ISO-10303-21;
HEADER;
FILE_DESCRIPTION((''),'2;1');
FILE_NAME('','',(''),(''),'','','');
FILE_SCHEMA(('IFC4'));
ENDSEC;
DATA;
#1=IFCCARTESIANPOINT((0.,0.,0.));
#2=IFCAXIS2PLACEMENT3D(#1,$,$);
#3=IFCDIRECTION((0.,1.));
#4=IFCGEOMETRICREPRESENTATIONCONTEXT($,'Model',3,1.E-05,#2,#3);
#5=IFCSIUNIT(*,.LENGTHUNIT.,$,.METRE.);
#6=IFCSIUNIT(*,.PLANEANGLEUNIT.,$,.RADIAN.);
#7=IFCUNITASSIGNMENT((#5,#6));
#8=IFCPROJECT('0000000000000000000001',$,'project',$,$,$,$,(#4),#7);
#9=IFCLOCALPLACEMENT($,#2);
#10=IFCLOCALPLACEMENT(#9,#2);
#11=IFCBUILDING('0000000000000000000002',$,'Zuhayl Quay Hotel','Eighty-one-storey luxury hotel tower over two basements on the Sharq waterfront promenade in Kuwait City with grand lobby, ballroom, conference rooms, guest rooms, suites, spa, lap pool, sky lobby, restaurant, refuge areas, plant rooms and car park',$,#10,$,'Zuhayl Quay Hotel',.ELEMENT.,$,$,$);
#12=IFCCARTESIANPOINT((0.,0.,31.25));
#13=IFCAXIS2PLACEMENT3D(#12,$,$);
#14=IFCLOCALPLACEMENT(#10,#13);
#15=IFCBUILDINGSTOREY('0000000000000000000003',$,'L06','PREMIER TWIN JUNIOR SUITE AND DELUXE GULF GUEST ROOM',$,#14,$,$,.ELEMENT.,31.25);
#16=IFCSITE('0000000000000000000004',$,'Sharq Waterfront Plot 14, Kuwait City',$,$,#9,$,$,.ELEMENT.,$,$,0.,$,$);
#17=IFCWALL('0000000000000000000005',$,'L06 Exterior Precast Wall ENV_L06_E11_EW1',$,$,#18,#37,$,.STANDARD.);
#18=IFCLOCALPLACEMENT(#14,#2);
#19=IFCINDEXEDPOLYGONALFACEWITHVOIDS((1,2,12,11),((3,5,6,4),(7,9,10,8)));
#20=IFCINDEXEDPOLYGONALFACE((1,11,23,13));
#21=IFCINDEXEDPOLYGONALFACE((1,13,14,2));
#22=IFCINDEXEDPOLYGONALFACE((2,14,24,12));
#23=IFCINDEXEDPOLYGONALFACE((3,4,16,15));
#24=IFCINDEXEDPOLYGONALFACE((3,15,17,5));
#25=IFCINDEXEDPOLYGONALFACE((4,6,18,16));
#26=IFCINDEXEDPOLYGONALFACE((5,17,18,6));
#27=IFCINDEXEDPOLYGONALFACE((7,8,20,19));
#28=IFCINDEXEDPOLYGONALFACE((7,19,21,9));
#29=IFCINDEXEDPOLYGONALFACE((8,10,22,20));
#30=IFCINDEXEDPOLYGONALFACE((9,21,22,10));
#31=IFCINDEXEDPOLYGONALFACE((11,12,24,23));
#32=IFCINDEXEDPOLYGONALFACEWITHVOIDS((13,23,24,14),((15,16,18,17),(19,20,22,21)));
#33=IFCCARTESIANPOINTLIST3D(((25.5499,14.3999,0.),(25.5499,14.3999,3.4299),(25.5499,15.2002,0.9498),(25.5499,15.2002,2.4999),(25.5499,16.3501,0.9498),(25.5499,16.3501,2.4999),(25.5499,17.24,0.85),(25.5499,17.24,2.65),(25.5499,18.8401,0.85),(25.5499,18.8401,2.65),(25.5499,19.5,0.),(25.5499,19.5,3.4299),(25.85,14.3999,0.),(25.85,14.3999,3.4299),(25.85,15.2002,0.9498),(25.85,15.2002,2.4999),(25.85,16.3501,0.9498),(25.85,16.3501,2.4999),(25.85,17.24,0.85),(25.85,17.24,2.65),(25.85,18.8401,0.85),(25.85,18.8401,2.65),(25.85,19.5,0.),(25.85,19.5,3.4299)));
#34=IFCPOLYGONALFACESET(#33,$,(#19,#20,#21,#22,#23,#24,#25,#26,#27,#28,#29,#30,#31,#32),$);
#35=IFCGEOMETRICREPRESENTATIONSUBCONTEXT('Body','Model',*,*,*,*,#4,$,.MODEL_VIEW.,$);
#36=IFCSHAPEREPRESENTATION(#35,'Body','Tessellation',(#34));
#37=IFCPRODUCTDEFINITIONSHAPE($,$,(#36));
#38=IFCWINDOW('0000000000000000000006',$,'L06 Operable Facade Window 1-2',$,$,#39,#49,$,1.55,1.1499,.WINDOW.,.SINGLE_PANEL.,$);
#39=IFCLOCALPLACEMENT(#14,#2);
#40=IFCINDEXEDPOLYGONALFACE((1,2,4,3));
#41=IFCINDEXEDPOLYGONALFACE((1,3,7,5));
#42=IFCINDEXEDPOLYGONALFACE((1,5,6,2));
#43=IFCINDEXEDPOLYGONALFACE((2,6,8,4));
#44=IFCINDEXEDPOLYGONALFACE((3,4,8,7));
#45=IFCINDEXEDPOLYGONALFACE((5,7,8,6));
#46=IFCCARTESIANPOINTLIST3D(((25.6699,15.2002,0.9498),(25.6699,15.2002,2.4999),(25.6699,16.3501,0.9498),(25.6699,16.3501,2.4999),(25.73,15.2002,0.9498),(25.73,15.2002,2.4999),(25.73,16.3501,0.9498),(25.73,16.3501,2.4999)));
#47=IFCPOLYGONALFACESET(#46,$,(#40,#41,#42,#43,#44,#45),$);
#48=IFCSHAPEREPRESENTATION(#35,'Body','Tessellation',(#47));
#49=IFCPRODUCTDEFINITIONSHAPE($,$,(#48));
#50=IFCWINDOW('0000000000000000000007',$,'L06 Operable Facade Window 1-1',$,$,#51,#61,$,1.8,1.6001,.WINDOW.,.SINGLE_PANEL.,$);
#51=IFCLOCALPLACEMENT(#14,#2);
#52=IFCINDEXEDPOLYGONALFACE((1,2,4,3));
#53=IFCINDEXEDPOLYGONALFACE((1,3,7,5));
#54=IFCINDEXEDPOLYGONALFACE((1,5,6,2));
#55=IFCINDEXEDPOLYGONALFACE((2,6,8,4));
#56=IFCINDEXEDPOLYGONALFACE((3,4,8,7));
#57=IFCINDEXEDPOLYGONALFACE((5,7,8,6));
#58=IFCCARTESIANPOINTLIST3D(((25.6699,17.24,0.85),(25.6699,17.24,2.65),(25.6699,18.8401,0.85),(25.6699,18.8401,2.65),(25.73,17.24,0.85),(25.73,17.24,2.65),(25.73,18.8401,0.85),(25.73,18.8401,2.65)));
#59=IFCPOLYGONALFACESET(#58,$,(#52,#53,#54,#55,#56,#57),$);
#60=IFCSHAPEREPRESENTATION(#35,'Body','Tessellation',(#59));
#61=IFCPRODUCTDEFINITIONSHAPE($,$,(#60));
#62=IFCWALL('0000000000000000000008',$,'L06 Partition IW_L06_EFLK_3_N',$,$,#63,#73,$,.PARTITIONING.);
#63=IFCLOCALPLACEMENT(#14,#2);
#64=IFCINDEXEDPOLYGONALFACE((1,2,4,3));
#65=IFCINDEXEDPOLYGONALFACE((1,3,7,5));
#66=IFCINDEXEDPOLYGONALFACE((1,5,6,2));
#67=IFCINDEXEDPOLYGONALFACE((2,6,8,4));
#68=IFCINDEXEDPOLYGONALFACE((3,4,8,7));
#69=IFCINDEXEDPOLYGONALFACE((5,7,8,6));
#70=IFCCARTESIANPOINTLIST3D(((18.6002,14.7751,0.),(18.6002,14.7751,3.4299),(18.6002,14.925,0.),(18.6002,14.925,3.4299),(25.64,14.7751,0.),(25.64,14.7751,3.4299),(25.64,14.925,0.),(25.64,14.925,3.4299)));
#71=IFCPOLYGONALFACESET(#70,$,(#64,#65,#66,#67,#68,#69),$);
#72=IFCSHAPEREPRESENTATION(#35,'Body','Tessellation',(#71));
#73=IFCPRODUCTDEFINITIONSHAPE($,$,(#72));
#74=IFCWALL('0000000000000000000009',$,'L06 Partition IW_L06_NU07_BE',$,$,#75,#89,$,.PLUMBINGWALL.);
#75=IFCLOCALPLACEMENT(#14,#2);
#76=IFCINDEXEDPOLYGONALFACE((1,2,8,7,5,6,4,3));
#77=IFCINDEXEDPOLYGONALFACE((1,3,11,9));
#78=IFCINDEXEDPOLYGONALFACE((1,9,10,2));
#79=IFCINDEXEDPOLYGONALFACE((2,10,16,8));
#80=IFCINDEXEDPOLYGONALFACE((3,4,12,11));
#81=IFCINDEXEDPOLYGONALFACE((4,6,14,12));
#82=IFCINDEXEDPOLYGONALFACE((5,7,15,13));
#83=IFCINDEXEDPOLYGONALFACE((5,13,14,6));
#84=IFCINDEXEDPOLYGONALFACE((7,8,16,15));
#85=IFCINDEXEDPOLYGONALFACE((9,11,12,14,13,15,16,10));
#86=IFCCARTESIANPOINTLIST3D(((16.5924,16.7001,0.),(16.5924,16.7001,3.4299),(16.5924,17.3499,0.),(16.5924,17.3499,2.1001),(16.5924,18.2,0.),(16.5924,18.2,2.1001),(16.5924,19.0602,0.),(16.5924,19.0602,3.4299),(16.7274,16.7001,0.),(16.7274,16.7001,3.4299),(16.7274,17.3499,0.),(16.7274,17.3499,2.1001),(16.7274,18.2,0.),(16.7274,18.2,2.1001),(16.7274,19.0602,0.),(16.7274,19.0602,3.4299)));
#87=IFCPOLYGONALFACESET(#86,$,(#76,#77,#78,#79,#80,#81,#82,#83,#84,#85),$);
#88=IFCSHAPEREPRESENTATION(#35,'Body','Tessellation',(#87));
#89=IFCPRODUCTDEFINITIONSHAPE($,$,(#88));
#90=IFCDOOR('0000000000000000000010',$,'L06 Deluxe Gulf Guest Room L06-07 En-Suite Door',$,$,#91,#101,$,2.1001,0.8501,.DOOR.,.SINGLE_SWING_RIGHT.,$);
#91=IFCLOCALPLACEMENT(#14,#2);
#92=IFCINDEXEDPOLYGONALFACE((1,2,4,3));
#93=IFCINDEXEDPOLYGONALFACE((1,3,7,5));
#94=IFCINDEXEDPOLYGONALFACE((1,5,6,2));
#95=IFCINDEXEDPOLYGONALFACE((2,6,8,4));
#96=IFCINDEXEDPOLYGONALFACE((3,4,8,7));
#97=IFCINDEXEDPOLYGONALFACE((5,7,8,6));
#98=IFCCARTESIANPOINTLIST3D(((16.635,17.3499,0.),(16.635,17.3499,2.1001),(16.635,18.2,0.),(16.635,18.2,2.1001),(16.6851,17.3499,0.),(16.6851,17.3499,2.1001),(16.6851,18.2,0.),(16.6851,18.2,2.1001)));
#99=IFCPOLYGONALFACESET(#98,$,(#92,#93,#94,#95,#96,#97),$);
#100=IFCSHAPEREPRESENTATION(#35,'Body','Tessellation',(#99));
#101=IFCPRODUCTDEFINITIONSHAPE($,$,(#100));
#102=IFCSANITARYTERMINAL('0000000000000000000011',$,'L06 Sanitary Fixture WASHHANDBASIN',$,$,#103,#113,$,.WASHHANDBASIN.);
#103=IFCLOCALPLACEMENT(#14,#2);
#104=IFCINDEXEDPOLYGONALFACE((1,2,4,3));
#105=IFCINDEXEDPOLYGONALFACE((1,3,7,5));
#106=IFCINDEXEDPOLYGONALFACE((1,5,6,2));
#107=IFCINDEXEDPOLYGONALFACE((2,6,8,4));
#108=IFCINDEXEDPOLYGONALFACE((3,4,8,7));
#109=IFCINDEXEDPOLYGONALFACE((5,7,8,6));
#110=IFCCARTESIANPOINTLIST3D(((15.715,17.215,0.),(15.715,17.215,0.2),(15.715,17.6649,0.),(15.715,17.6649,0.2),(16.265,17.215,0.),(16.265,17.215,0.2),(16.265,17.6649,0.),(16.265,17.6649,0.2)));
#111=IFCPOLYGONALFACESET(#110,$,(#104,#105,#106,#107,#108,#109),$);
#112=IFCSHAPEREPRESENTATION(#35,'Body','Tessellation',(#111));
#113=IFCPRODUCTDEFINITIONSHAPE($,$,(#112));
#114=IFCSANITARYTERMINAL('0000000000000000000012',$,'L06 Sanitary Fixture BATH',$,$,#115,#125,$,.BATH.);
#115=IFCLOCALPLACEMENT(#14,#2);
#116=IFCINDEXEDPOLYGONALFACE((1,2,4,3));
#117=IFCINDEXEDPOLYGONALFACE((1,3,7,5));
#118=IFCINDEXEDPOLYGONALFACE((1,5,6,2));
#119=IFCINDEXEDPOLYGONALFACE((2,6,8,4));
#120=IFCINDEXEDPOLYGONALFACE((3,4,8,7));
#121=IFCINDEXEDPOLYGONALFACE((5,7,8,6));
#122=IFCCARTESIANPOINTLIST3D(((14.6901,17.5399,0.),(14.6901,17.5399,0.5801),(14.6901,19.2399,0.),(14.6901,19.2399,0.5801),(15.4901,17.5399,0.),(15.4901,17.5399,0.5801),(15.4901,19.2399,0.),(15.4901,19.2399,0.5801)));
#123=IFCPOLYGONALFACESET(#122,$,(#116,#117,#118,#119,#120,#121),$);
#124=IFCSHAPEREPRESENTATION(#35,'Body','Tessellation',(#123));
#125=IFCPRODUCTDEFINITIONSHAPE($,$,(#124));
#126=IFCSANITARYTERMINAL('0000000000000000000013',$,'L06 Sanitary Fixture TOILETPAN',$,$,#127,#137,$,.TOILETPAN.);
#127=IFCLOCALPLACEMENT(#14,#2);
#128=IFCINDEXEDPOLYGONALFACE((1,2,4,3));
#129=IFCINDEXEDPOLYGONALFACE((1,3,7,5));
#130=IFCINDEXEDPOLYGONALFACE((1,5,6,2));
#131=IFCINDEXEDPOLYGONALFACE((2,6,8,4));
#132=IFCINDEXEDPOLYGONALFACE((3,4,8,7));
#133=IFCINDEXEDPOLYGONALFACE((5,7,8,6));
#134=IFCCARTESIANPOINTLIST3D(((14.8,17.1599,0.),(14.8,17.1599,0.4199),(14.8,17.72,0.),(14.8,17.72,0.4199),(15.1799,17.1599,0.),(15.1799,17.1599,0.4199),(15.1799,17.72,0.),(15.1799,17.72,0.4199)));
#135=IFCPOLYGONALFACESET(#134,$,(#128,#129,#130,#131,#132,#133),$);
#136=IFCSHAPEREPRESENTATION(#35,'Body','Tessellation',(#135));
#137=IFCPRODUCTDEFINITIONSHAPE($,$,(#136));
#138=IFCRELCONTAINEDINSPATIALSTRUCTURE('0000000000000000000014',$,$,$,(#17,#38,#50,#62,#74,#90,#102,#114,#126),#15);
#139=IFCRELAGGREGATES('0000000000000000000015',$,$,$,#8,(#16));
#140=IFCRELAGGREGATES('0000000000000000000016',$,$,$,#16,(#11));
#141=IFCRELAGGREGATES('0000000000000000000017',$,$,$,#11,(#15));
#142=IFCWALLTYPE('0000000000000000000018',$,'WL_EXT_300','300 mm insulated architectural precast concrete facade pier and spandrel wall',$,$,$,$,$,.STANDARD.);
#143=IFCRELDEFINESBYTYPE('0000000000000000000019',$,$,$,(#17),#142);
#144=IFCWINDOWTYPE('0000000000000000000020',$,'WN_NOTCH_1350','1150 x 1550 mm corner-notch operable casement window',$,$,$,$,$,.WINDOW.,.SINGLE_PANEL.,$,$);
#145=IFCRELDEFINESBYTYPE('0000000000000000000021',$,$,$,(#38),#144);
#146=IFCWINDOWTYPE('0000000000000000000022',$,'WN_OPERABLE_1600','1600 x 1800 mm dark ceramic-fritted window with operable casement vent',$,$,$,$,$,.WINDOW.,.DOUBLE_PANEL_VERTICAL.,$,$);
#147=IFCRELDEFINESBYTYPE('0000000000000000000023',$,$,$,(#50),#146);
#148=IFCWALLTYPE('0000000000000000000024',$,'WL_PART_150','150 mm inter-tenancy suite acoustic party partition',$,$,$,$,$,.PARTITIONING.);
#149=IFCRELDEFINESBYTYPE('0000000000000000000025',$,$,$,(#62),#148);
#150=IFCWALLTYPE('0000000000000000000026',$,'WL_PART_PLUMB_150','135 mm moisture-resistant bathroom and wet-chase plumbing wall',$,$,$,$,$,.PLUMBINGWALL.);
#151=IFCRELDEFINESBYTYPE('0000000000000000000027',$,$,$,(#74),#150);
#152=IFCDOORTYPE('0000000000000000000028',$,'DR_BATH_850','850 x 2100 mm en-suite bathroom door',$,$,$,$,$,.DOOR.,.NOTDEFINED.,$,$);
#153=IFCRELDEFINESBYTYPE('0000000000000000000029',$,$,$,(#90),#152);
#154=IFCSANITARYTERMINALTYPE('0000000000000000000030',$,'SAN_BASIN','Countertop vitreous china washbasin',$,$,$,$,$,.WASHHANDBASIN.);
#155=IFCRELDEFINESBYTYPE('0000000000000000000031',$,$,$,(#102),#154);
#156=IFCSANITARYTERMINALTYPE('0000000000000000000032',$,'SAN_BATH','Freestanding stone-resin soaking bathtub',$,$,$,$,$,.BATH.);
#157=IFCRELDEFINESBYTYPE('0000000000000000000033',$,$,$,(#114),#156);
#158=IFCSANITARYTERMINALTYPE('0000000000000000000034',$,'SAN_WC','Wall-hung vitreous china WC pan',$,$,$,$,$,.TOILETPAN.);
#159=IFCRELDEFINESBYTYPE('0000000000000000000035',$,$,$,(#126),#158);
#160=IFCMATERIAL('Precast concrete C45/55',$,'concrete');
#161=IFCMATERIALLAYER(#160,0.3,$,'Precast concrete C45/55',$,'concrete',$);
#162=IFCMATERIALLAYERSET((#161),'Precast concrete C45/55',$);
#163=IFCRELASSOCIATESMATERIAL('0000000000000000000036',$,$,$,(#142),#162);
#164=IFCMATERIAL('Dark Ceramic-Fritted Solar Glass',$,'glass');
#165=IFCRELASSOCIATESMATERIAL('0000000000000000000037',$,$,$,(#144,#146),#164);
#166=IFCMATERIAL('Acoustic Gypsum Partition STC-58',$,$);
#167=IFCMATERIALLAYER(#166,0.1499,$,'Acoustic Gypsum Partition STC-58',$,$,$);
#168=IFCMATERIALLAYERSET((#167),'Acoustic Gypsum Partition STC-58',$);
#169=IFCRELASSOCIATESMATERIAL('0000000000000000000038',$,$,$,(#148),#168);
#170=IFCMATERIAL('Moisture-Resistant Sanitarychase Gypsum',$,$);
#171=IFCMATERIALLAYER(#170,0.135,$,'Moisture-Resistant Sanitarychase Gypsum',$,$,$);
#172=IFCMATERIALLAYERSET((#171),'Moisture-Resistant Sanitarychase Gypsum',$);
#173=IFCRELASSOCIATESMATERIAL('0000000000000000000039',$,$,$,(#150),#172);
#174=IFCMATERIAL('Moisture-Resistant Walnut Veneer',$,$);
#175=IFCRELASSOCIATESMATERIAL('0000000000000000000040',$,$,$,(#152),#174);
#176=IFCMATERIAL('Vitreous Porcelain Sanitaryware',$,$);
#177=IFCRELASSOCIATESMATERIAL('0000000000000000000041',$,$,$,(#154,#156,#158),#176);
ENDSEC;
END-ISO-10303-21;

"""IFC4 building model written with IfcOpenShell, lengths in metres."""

from ifc_helpers import new_model, si_unit, direction, frame, frame_2d, origin, origin_2d, place, context, subcontext, project, spatial, rectangle, extrude, material, layer, layer_set, type_object, element, fill, save


model = new_model("IFC4")

# Units and contexts
model_context = context("Model", 3, precision=1e-05, world=origin(), true_north=direction((0.0, 1.0)))
body_context = subcontext(model_context, "Body", "Model", "MODEL_VIEW")
ifc_project = project(units=[si_unit("LENGTHUNIT", "METRE"), si_unit("PLANEANGLEUNIT", "RADIAN")], contexts=[model_context])

# Site, building, storey
site_placement = place(None, origin())
site = spatial("IfcSite", under=ifc_project, at=site_placement, Name="Sharq Waterfront Plot 14, Kuwait City", CompositionType="ELEMENT", RefElevation=0.0)
building_placement = place(site_placement, origin())
building = spatial("IfcBuilding", under=site, at=building_placement, Name="Zuhayl Quay Hotel", Description="Eighty-one-storey luxury hotel tower over two basements on the Sharq waterfront promenade in Kuwait City with grand lobby, ballroom, conference rooms, guest rooms, suites, spa, lap pool, sky lobby, restaurant, refuge areas, plant rooms and car park", LongName="Zuhayl Quay Hotel", CompositionType="ELEMENT")
storey_placement = place(building_placement, frame((0.0, 0.0, 31.25)))
storey = spatial("IfcBuildingStorey", under=building, at=storey_placement, Name="L06", Description="PREMIER TWIN JUNIOR SUITE AND DELUXE GULF GUEST ROOM", CompositionType="ELEMENT", Elevation=31.25)

# Shared definitions
ifc_material_1 = material(Name="Dark Ceramic-Fritted Solar Glass", Category="glass")

# Shared definitions
ifc_material_2 = material(Name="Precast concrete C45/55", Category="concrete")
ifc_layer_1 = layer(ifc_material_2, 0.3, Name="Precast concrete C45/55", Category="concrete")
ifc_layer_set_1 = layer_set([ifc_layer_1], Name="Precast concrete C45/55")
wall_type_1 = type_object("IfcWallType", Name="WL_EXT_300", Description="300 mm insulated architectural precast concrete facade pier and spandrel wall", PredefinedType="STANDARD", material=ifc_layer_set_1)

# Shared definitions
window_type_1 = type_object("IfcWindowType", Name="WN_NOTCH_1350", Description="1150 x 1550 mm corner-notch operable casement window", PartitioningType="SINGLE_PANEL", PredefinedType="WINDOW", material=ifc_material_1)

# Wall, openings, windows
wall_1_placement = place(storey_placement, frame((25.7, 19.5, 0.0), z_axis=(0.0, 0.0, 1.0), x_axis=(0.0, -1.0, 0.0)))
wall_1 = element("IfcWall", 1, at=wall_1_placement, inside=storey, type_object=wall_type_1, Name="L06 Exterior Precast Wall ENV_L06_E11_EW1", PredefinedType="STANDARD", context=body_context, shape_type="SweptSolid", body=[
    extrude(rectangle(XDim=5.1001, YDim=0.3, at=frame_2d((2.55, 0.0))), origin(), (0.0, 0.0, 1.0), 3.4299),
])
opening_1_placement = place(wall_1_placement, frame((0.6599, 0.0, 0.8501)))
opening_1 = element("IfcOpeningElement", 2, at=opening_1_placement, cuts=wall_1, PredefinedType="OPENING", context=body_context, shape_type="SweptSolid", body=[
    extrude(rectangle(XDim=1.6001, YDim=1.8, at=frame_2d((0.8, 0.8999))), frame((0.0, 0.1599, 0.0), z_axis=(0.0, -1.0, 0.0), x_axis=(1.0, 0.0, 0.0)), (0.0, 0.0, 1.0), 0.3201),
])
opening_2_placement = place(wall_1_placement, frame((3.1499, 0.0, 0.95)))
opening_2 = element("IfcOpeningElement", 3, at=opening_2_placement, cuts=wall_1, PredefinedType="OPENING", context=body_context, shape_type="SweptSolid", body=[
    extrude(rectangle(XDim=1.1499, YDim=1.55, at=frame_2d((0.575, 0.7749))), frame((0.0, 0.1599, 0.0), z_axis=(0.0, -1.0, 0.0), x_axis=(1.0, 0.0, 0.0)), (0.0, 0.0, 1.0), 0.3201),
])
window_1_placement = place(opening_2_placement, origin())
window_1 = element("IfcWindow", 4, at=window_1_placement, inside=storey, type_object=window_type_1, Name="L06 Operable Facade Window 1-2", OverallHeight=1.55, OverallWidth=1.1499, PartitioningType="SINGLE_PANEL", PredefinedType="WINDOW", context=body_context, shape_type="SweptSolid", body=[
    extrude(rectangle(XDim=1.1499, YDim=1.55, at=frame_2d((0.575, 0.7749))), frame((0.0, 0.03, 0.0), z_axis=(0.0, -1.0, 0.0), x_axis=(1.0, 0.0, 0.0)), (0.0, 0.0, 1.0), 0.0601),
])
fill(opening_2, window_1)
window_type_2 = type_object("IfcWindowType", Name="WN_OPERABLE_1600", Description="1600 x 1800 mm dark ceramic-fritted window with operable casement vent", PartitioningType="DOUBLE_PANEL_VERTICAL", PredefinedType="WINDOW", material=ifc_material_1)
window_2_placement = place(opening_1_placement, origin())
window_2 = element("IfcWindow", 5, at=window_2_placement, inside=storey, type_object=window_type_2, Name="L06 Operable Facade Window 1-1", OverallHeight=1.8, OverallWidth=1.6001, PartitioningType="SINGLE_PANEL", PredefinedType="WINDOW", context=body_context, shape_type="SweptSolid", body=[
    extrude(rectangle(XDim=1.6001, YDim=1.8, at=frame_2d((0.8, 0.8999))), frame((0.0, 0.03, 0.0), z_axis=(0.0, -1.0, 0.0), x_axis=(1.0, 0.0, 0.0)), (0.0, 0.0, 1.0), 0.0601),
])
fill(opening_1, window_2)

# Wall
ifc_material_3 = material(Name="Acoustic Gypsum Partition STC-58")
ifc_layer_2 = layer(ifc_material_3, 0.1499, Name="Acoustic Gypsum Partition STC-58")
ifc_layer_set_2 = layer_set([ifc_layer_2], Name="Acoustic Gypsum Partition STC-58")
wall_type_2 = type_object("IfcWallType", Name="WL_PART_150", Description="150 mm inter-tenancy suite acoustic party partition", PredefinedType="PARTITIONING", material=ifc_layer_set_2)
wall_2_placement = place(storey_placement, frame((18.6001, 14.8501, 0.0), z_axis=(0.0, 0.0, 1.0), x_axis=(1.0, 0.0, 0.0)))
element("IfcWall", 6, at=wall_2_placement, inside=storey, type_object=wall_type_2, Name="L06 Partition IW_L06_EFLK_3_N", PredefinedType="PARTITIONING", context=body_context, shape_type="SweptSolid", body=[
    extrude(rectangle(XDim=7.0398, YDim=0.1499, at=frame_2d((3.52, 0.0))), origin(), (0.0, 0.0, 1.0), 3.4299),
])

# Wall, opening, door
ifc_material_4 = material(Name="Moisture-Resistant Sanitarychase Gypsum")
ifc_layer_3 = layer(ifc_material_4, 0.135, Name="Moisture-Resistant Sanitarychase Gypsum")
ifc_layer_set_3 = layer_set([ifc_layer_3], Name="Moisture-Resistant Sanitarychase Gypsum")
wall_type_3 = type_object("IfcWallType", Name="WL_PART_PLUMB_150", Description="135 mm moisture-resistant bathroom and wet-chase plumbing wall", PredefinedType="PLUMBINGWALL", material=ifc_layer_set_3)
wall_3_placement = place(storey_placement, frame((16.6599, 16.7, 0.0), z_axis=(0.0, 0.0, 1.0), x_axis=(0.0, 1.0, 0.0)))
wall_3 = element("IfcWall", 7, at=wall_3_placement, inside=storey, type_object=wall_type_3, Name="L06 Partition IW_L06_NU07_BE", PredefinedType="PLUMBINGWALL", context=body_context, shape_type="SweptSolid", body=[
    extrude(rectangle(XDim=2.3601, YDim=0.135, at=frame_2d((1.1802, 0.0))), origin(), (0.0, 0.0, 1.0), 3.4299),
])
opening_3_placement = place(wall_3_placement, frame((0.6499, 0.0, 0.0)))
opening_3 = element("IfcOpeningElement", 8, at=opening_3_placement, cuts=wall_3, PredefinedType="OPENING", context=body_context, shape_type="SweptSolid", body=[
    extrude(rectangle(XDim=0.8501, YDim=2.1001, at=frame_2d((0.425, 1.05))), frame((0.0, 0.0774, 0.0), z_axis=(0.0, -1.0, 0.0), x_axis=(1.0, 0.0, 0.0)), (0.0, 0.0, 1.0), 0.155),
])
ifc_material_5 = material(Name="Moisture-Resistant Walnut Veneer")
door_type = type_object("IfcDoorType", Name="DR_BATH_850", Description="850 x 2100 mm en-suite bathroom door", OperationType="NOTDEFINED", PredefinedType="DOOR", material=ifc_material_5)
door_placement = place(opening_3_placement, origin())
door = element("IfcDoor", 9, at=door_placement, inside=storey, type_object=door_type, Name="L06 Deluxe Gulf Guest Room L06-07 En-Suite Door", OperationType="SINGLE_SWING_RIGHT", OverallHeight=2.1001, OverallWidth=0.8501, PredefinedType="DOOR", context=body_context, shape_type="SweptSolid", body=[
    extrude(rectangle(XDim=0.8501, YDim=2.1001, at=frame_2d((0.425, 1.05))), frame((0.0, 0.0249, 0.0), z_axis=(0.0, -1.0, 0.0), x_axis=(1.0, 0.0, 0.0)), (0.0, 0.0, 1.0), 0.05),
])
fill(opening_3, door)

# Sanitary terminals
ifc_material_6 = material(Name="Vitreous Porcelain Sanitaryware")
sanitary_terminal_type_1 = type_object("IfcSanitaryTerminalType", Name="SAN_BASIN", Description="Countertop vitreous china washbasin", PredefinedType="WASHHANDBASIN", material=ifc_material_6)
sanitary_terminal_1_placement = place(storey_placement, frame((15.99, 17.4399, 0.0), z_axis=(0.0, 0.0, 1.0), x_axis=(1.0, 0.0, 0.0)))
element("IfcSanitaryTerminal", 10, at=sanitary_terminal_1_placement, inside=storey, type_object=sanitary_terminal_type_1, Name="L06 Sanitary Fixture WASHHANDBASIN", PredefinedType="WASHHANDBASIN", context=body_context, shape_type="SweptSolid", body=[
    extrude(rectangle(XDim=0.55, YDim=0.45, at=origin_2d()), origin(), (0.0, 0.0, 1.0), 0.2),
])
sanitary_terminal_type_2 = type_object("IfcSanitaryTerminalType", Name="SAN_BATH", Description="Freestanding stone-resin soaking bathtub", PredefinedType="BATH", material=ifc_material_6)
sanitary_terminal_2_placement = place(storey_placement, frame((15.0901, 18.3899, 0.0), z_axis=(0.0, 0.0, 1.0), x_axis=(1.0, 0.0, 0.0)))
element("IfcSanitaryTerminal", 11, at=sanitary_terminal_2_placement, inside=storey, type_object=sanitary_terminal_type_2, Name="L06 Sanitary Fixture BATH", PredefinedType="BATH", context=body_context, shape_type="SweptSolid", body=[
    extrude(rectangle(XDim=0.8, YDim=1.7, at=origin_2d()), origin(), (0.0, 0.0, 1.0), 0.5801),
])
sanitary_terminal_type_3 = type_object("IfcSanitaryTerminalType", Name="SAN_WC", Description="Wall-hung vitreous china WC pan", PredefinedType="TOILETPAN", material=ifc_material_6)
sanitary_terminal_3_placement = place(storey_placement, frame((14.99, 17.4399, 0.0), z_axis=(0.0, 0.0, 1.0), x_axis=(1.0, 0.0, 0.0)))
element("IfcSanitaryTerminal", 12, at=sanitary_terminal_3_placement, inside=storey, type_object=sanitary_terminal_type_3, Name="L06 Sanitary Fixture TOILETPAN", PredefinedType="TOILETPAN", context=body_context, shape_type="SweptSolid", body=[
    extrude(rectangle(XDim=0.3799, YDim=0.5601, at=origin_2d()), origin(), (0.0, 0.0, 1.0), 0.4199),
])

save(model, "model.ifc")
